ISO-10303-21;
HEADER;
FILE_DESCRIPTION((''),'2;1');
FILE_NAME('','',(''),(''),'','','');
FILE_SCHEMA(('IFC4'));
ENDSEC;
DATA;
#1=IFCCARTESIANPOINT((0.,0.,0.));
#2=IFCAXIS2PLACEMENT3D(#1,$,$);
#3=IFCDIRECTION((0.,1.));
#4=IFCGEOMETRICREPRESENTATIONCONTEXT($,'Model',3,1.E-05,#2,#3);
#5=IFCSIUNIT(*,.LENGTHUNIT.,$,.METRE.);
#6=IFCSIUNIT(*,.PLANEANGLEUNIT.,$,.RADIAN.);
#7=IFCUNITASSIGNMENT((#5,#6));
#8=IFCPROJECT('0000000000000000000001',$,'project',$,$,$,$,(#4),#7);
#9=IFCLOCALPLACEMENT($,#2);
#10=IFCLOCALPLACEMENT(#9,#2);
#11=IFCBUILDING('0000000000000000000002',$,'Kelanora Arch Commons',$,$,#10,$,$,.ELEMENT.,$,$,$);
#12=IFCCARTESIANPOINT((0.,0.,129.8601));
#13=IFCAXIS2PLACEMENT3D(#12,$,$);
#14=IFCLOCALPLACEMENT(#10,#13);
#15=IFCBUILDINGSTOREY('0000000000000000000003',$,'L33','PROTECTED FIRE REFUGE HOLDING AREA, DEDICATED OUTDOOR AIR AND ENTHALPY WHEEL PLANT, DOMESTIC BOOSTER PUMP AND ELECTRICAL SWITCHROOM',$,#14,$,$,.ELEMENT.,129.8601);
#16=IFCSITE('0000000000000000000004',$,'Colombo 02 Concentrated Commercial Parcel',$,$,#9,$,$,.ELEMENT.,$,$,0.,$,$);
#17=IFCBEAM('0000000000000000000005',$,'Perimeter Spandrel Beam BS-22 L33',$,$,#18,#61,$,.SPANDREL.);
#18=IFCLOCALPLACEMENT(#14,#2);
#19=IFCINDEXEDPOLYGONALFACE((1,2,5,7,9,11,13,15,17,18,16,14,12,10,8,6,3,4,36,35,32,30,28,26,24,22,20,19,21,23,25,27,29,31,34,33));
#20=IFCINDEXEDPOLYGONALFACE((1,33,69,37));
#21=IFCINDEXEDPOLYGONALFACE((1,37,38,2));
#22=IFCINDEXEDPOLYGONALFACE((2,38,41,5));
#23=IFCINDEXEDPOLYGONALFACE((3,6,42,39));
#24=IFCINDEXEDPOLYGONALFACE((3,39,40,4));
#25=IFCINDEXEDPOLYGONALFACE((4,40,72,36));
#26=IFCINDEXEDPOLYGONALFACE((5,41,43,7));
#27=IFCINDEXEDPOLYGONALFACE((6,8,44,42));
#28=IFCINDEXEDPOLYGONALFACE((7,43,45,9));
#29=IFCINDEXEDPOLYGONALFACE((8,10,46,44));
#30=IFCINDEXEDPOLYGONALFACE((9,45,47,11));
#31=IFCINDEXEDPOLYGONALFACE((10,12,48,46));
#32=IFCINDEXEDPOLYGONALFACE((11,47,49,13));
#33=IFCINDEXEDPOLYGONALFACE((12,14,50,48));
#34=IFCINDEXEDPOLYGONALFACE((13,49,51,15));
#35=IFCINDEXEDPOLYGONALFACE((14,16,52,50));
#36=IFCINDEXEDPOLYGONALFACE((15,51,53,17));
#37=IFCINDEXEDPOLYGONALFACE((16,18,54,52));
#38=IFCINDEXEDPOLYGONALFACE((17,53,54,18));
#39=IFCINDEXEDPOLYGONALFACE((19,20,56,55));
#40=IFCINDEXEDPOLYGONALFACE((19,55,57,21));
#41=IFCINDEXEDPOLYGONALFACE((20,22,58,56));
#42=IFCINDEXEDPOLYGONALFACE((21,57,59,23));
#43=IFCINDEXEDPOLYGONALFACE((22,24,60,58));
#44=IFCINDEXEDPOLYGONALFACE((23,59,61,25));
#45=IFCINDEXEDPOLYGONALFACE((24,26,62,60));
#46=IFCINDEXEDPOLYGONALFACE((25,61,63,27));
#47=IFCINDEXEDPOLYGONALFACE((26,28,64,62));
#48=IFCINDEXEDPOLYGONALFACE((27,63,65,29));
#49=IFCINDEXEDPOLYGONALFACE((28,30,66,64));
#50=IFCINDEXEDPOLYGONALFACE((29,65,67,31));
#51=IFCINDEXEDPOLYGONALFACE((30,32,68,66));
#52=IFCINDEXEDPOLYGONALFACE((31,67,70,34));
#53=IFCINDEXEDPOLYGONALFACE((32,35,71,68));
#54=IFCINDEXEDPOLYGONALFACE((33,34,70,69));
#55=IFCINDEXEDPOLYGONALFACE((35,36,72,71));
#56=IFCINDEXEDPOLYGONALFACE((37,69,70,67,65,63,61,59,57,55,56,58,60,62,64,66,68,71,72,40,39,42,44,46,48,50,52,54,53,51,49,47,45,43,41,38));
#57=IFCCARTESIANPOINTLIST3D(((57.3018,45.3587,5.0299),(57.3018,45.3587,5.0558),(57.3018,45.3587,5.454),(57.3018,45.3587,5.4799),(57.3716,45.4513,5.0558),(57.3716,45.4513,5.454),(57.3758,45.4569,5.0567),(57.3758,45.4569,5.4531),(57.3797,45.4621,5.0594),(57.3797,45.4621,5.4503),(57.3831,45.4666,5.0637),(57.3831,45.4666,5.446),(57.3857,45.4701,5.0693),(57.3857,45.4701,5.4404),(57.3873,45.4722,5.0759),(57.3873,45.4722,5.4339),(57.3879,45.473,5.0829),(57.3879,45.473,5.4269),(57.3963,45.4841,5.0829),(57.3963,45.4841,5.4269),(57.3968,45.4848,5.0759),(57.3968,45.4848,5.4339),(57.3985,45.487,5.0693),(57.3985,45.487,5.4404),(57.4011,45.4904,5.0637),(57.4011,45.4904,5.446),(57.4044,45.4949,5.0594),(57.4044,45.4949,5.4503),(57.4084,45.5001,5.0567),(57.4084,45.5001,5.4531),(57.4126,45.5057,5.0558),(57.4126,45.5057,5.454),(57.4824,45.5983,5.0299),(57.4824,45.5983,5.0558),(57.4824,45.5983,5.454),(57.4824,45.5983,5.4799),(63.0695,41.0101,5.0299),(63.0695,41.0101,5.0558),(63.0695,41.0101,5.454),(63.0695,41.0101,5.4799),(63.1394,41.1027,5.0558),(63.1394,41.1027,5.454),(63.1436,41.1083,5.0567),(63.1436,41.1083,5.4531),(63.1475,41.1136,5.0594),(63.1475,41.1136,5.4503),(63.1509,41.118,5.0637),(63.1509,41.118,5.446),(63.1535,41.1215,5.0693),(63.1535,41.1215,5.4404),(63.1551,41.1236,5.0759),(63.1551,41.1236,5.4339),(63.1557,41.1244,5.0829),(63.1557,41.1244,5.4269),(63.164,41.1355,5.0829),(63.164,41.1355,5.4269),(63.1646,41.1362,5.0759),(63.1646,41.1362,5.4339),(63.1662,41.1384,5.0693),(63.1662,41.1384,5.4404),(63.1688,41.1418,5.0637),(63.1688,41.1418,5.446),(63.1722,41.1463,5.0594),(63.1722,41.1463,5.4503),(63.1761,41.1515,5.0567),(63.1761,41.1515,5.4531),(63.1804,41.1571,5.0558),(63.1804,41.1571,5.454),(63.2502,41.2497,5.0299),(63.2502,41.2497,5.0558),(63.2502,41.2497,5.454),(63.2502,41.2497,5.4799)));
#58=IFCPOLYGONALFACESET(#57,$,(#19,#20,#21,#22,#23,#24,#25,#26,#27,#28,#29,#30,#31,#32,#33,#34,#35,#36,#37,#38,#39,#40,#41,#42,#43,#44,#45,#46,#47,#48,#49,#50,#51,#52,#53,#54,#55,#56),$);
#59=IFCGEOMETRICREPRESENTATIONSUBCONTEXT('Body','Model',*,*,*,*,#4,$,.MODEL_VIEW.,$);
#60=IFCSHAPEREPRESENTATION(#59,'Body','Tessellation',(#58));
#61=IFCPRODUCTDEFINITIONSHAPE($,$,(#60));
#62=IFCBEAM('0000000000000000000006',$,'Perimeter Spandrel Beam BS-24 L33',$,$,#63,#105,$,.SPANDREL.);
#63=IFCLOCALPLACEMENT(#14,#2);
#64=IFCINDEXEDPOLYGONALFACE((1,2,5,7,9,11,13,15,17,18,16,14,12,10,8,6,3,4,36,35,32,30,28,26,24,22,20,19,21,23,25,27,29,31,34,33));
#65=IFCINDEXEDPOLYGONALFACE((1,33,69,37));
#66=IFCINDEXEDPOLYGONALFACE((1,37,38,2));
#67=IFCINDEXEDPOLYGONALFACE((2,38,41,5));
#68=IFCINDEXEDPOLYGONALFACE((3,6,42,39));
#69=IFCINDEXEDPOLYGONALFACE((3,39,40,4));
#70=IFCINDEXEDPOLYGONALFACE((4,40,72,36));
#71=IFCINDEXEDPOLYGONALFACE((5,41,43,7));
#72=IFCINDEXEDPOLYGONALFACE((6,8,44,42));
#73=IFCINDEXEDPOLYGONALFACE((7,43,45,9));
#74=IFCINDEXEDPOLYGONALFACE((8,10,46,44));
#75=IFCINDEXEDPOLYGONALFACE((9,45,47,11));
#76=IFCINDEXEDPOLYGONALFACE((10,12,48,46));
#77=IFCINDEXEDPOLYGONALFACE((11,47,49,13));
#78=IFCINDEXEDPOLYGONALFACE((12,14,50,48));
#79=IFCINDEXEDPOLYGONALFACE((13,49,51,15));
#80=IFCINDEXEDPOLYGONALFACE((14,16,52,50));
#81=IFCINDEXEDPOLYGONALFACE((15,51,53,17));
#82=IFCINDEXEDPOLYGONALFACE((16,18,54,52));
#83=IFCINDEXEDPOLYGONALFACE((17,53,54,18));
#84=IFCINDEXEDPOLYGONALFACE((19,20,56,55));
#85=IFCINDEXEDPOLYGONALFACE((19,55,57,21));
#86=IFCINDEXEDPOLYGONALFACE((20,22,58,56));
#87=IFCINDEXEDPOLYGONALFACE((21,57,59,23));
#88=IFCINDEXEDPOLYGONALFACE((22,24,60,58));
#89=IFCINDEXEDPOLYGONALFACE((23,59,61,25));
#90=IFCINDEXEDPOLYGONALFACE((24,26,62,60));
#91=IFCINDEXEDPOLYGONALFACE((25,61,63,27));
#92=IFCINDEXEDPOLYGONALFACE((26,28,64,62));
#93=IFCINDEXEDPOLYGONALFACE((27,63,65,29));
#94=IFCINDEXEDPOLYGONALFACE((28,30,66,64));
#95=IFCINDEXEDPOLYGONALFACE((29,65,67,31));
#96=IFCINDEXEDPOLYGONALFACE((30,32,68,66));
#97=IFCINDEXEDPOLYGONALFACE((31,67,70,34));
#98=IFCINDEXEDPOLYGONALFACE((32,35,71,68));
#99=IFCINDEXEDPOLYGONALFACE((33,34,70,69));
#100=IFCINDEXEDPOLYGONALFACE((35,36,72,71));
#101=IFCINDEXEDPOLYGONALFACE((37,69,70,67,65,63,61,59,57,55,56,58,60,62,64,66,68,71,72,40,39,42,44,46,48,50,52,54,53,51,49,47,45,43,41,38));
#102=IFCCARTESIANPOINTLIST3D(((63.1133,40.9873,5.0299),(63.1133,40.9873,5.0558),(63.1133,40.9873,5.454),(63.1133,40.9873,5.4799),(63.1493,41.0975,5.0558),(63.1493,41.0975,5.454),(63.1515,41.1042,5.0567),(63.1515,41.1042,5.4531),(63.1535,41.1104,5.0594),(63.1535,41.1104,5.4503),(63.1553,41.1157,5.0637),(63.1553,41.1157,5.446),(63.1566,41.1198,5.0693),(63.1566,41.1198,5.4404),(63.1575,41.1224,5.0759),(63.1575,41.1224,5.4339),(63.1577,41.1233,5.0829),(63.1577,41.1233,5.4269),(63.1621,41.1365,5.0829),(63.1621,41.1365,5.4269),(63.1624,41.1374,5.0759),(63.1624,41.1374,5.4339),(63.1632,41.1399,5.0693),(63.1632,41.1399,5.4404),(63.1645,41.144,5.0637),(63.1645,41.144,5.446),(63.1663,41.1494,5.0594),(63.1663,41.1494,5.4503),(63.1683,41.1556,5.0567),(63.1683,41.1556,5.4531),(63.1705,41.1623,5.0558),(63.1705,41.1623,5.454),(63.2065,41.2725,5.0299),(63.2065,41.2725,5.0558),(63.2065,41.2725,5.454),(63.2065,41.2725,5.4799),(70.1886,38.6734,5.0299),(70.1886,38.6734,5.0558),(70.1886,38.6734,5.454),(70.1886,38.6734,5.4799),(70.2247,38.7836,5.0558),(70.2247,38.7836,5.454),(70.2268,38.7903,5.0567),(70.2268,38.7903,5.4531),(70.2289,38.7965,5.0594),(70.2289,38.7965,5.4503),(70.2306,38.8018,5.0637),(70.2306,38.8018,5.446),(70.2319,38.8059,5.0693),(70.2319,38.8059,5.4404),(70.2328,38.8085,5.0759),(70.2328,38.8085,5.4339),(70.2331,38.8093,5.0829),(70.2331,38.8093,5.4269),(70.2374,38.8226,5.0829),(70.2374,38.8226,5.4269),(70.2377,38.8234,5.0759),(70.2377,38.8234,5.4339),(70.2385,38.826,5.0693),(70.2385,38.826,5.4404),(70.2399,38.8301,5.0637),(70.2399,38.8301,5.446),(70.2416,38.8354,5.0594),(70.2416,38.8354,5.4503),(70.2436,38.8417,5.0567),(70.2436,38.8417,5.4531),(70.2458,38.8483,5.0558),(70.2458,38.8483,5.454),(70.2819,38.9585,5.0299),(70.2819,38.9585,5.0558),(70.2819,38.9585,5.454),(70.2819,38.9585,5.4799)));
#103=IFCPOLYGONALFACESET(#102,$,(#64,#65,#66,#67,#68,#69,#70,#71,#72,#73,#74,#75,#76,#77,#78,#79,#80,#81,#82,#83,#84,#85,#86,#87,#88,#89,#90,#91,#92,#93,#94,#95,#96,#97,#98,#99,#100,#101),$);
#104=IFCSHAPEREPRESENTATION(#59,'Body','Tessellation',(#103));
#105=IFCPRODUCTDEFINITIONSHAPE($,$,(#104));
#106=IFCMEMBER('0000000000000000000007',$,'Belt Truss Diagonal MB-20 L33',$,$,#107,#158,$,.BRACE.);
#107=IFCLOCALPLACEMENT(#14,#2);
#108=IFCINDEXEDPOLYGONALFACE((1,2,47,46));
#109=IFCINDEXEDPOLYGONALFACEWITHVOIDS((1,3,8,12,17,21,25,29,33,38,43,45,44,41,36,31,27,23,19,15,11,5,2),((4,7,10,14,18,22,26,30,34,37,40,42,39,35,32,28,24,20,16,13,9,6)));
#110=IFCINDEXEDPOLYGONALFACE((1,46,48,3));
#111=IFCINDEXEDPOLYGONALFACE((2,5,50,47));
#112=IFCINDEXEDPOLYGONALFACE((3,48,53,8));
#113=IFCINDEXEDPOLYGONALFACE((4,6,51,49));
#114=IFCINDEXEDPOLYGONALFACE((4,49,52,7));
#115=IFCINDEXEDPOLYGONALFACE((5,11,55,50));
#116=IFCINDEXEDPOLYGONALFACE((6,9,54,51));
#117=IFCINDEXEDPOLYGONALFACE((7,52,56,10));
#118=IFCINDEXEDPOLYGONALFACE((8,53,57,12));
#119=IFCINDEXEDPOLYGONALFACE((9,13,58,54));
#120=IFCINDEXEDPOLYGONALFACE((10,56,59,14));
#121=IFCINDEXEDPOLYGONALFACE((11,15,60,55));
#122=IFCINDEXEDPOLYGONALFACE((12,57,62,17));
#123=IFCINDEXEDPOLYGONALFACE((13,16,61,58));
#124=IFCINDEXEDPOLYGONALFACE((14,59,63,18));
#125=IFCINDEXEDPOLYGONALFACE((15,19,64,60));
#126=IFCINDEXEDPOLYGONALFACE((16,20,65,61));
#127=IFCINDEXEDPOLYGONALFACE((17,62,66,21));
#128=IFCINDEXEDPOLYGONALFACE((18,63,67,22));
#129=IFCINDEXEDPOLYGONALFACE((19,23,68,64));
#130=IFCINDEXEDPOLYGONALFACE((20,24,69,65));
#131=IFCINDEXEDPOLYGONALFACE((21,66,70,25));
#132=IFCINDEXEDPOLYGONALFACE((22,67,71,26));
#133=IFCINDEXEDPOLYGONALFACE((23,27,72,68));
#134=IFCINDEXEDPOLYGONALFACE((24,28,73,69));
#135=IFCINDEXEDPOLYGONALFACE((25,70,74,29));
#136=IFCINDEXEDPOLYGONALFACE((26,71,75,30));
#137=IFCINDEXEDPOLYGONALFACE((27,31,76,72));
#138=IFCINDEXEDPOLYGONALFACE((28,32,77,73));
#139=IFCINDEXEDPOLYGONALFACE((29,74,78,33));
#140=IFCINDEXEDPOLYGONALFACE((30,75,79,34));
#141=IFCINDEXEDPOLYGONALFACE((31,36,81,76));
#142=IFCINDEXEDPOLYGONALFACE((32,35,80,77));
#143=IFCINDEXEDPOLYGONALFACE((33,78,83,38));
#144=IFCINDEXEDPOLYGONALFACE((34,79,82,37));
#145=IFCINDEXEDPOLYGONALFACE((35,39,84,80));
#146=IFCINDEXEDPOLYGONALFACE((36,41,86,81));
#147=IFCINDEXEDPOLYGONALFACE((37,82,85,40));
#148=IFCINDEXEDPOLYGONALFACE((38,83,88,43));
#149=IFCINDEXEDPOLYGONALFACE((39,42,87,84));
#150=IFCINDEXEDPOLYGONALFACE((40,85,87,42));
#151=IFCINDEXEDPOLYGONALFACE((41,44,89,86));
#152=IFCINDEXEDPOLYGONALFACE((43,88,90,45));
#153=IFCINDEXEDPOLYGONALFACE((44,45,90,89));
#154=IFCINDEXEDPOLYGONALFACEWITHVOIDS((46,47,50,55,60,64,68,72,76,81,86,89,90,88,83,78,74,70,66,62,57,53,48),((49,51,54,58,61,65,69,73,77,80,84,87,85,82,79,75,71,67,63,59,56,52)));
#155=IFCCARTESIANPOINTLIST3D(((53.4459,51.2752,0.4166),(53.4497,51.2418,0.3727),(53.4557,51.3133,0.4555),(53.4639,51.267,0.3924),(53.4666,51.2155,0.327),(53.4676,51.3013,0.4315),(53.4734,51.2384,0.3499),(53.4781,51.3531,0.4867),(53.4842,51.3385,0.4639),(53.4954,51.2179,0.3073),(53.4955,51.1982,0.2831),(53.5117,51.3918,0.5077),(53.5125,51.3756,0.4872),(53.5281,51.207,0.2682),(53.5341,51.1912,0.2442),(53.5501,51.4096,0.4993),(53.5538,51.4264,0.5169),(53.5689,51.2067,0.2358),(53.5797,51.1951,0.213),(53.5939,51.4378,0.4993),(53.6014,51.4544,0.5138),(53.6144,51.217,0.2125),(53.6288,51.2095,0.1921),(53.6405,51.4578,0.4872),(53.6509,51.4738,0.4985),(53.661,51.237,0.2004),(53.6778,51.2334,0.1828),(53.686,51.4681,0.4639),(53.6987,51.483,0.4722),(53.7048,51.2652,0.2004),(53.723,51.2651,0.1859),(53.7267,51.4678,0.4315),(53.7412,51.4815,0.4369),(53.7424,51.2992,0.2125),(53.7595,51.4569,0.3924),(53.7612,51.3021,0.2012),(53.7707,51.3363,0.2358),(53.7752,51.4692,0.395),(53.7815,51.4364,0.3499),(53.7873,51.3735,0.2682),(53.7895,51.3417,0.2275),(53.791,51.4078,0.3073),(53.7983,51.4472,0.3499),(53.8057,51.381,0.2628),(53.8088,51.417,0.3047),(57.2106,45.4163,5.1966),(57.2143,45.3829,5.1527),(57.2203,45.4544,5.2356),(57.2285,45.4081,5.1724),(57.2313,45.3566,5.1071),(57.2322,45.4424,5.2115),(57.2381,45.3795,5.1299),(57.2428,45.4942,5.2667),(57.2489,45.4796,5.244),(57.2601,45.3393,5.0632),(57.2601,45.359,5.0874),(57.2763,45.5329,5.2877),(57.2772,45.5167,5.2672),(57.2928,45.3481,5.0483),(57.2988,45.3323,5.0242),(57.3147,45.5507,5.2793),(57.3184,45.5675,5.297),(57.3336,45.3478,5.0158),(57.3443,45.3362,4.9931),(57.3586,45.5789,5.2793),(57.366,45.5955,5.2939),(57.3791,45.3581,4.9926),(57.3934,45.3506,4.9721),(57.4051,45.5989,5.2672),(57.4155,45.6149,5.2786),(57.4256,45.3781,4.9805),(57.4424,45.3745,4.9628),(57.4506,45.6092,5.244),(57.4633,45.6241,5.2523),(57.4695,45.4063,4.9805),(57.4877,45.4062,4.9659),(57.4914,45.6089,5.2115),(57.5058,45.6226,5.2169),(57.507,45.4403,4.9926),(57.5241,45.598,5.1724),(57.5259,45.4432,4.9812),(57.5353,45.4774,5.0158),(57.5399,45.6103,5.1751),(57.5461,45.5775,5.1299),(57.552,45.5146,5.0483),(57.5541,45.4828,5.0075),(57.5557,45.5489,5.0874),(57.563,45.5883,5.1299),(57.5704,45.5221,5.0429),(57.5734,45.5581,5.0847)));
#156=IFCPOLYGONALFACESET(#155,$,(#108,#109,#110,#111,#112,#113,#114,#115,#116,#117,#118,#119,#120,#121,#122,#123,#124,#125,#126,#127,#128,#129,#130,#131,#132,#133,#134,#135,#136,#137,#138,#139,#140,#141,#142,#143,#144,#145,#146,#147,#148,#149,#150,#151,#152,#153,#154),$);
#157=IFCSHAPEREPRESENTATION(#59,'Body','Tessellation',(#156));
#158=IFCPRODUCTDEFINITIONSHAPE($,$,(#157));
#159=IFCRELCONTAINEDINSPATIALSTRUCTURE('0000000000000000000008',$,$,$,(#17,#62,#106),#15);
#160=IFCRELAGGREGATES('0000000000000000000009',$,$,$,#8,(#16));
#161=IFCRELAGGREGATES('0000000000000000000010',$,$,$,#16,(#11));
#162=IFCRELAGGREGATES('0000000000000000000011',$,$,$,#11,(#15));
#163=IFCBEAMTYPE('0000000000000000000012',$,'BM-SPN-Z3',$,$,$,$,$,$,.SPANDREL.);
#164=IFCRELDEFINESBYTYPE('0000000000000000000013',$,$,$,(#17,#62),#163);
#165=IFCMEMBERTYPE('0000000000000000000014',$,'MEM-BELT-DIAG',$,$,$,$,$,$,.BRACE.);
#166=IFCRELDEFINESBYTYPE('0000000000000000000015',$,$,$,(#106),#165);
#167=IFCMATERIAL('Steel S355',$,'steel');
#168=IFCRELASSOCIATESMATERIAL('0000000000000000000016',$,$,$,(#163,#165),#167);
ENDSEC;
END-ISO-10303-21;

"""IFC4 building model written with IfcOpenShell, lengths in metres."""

from ifc_helpers import new_model, si_unit, direction, frame, origin, origin_2d, place, context, subcontext, project, spatial, hollow_circle, i_section, extrude, material, material_profile, profile_set, type_object, element, save


model = new_model("IFC4")

# Units and contexts
model_context = context("Model", 3, precision=1e-05, world=origin(), true_north=direction((0.0, 1.0)))
body_context = subcontext(model_context, "Body", "Model", "MODEL_VIEW")
ifc_project = project(units=[si_unit("LENGTHUNIT", "METRE"), si_unit("PLANEANGLEUNIT", "RADIAN")], contexts=[model_context])

# Site, building, storey
site_placement = place(None, origin())
site = spatial("IfcSite", under=ifc_project, at=site_placement, Name="Colombo 02 Concentrated Commercial Parcel", CompositionType="ELEMENT", RefElevation=0.0)
building_placement = place(site_placement, origin())
building = spatial("IfcBuilding", under=site, at=building_placement, Name="Kelanora Arch Commons", CompositionType="ELEMENT")
storey_placement = place(building_placement, frame((0.0, 0.0, 129.8601)))
storey = spatial("IfcBuildingStorey", under=building, at=storey_placement, Name="L33", Description="PROTECTED FIRE REFUGE HOLDING AREA, DEDICATED OUTDOOR AIR AND ENTHALPY WHEEL PLANT, DOMESTIC BOOSTER PUMP AND ELECTRICAL SWITCHROOM", CompositionType="ELEMENT", Elevation=129.8601)

# Beams
ifc_material_1 = material(Name="Steel S355", Category="steel")
ifc_material_profile_1 = material_profile(ifc_material_1, i_section(OverallWidth=0.3, OverallDepth=0.45, WebThickness=0.0139, FlangeThickness=0.0259, FilletRadius=0.0271, at=origin_2d()), Name="HEB450")
ifc_profile_set_1 = profile_set([ifc_material_profile_1], Name="Steel S355")
beam_type_1 = type_object("IfcBeamType", Name="BM-SPN-Z3", PredefinedType="SPANDREL", material=ifc_profile_set_1)
beam_1_placement = place(storey_placement, frame((57.3921, 45.4785, 5.2549), z_axis=(0.798485, -0.602015, 0.0), x_axis=(0.602015, 0.798485, 0.0)))
element("IfcBeam", 1, at=beam_1_placement, inside=storey, type_object=beam_type_1, Name="Perimeter Spandrel Beam BS-22 L33", PredefinedType="SPANDREL", context=body_context, shape_type="SweptSolid", body=[
    extrude(i_section(OverallWidth=0.3, OverallDepth=0.45, WebThickness=0.0139, FlangeThickness=0.0259, FilletRadius=0.0271, at=origin_2d()), origin(), (0.0, 0.0, 1.0), 7.2234),
])
beam_2_placement = place(storey_placement, frame((63.1599, 41.1299, 5.2549), z_axis=(0.950462, -0.310841, 0.0), x_axis=(0.310841, 0.950462, 0.0)))
element("IfcBeam", 2, at=beam_2_placement, inside=storey, type_object=beam_type_1, Name="Perimeter Spandrel Beam BS-24 L33", PredefinedType="SPANDREL", context=body_context, shape_type="SweptSolid", body=[
    extrude(i_section(OverallWidth=0.3, OverallDepth=0.45, WebThickness=0.0139, FlangeThickness=0.0259, FilletRadius=0.0271, at=origin_2d()), origin(), (0.0, 0.0, 1.0), 7.4441),
])

# Member
ifc_material_profile_2 = material_profile(ifc_material_1, hollow_circle(Radius=0.2031, WallThickness=0.02, at=origin_2d()), Name="CHS406.4x20")
ifc_profile_set_2 = profile_set([ifc_material_profile_2], Name="Steel S355")
member_type = type_object("IfcMemberType", Name="MEM-BELT-DIAG", PredefinedType="BRACE", material=ifc_profile_set_2)
member_1_placement = place(storey_placement, frame((53.6274, 51.3374, 0.3499), z_axis=(0.445691, -0.693625, 0.565901), x_axis=(0.841295, 0.540577, 0.0)))
element("IfcMember", 3, at=member_1_placement, inside=storey, type_object=member_type, Name="Belt Truss Diagonal MB-20 L33", PredefinedType="BRACE", context=body_context, shape_type="SweptSolid", body=[
    extrude(hollow_circle(Radius=0.2031, WallThickness=0.02, at=origin_2d()), origin(), (0.0, 0.0, 1.0), 8.4468),
])

save(model, "model.ifc")
